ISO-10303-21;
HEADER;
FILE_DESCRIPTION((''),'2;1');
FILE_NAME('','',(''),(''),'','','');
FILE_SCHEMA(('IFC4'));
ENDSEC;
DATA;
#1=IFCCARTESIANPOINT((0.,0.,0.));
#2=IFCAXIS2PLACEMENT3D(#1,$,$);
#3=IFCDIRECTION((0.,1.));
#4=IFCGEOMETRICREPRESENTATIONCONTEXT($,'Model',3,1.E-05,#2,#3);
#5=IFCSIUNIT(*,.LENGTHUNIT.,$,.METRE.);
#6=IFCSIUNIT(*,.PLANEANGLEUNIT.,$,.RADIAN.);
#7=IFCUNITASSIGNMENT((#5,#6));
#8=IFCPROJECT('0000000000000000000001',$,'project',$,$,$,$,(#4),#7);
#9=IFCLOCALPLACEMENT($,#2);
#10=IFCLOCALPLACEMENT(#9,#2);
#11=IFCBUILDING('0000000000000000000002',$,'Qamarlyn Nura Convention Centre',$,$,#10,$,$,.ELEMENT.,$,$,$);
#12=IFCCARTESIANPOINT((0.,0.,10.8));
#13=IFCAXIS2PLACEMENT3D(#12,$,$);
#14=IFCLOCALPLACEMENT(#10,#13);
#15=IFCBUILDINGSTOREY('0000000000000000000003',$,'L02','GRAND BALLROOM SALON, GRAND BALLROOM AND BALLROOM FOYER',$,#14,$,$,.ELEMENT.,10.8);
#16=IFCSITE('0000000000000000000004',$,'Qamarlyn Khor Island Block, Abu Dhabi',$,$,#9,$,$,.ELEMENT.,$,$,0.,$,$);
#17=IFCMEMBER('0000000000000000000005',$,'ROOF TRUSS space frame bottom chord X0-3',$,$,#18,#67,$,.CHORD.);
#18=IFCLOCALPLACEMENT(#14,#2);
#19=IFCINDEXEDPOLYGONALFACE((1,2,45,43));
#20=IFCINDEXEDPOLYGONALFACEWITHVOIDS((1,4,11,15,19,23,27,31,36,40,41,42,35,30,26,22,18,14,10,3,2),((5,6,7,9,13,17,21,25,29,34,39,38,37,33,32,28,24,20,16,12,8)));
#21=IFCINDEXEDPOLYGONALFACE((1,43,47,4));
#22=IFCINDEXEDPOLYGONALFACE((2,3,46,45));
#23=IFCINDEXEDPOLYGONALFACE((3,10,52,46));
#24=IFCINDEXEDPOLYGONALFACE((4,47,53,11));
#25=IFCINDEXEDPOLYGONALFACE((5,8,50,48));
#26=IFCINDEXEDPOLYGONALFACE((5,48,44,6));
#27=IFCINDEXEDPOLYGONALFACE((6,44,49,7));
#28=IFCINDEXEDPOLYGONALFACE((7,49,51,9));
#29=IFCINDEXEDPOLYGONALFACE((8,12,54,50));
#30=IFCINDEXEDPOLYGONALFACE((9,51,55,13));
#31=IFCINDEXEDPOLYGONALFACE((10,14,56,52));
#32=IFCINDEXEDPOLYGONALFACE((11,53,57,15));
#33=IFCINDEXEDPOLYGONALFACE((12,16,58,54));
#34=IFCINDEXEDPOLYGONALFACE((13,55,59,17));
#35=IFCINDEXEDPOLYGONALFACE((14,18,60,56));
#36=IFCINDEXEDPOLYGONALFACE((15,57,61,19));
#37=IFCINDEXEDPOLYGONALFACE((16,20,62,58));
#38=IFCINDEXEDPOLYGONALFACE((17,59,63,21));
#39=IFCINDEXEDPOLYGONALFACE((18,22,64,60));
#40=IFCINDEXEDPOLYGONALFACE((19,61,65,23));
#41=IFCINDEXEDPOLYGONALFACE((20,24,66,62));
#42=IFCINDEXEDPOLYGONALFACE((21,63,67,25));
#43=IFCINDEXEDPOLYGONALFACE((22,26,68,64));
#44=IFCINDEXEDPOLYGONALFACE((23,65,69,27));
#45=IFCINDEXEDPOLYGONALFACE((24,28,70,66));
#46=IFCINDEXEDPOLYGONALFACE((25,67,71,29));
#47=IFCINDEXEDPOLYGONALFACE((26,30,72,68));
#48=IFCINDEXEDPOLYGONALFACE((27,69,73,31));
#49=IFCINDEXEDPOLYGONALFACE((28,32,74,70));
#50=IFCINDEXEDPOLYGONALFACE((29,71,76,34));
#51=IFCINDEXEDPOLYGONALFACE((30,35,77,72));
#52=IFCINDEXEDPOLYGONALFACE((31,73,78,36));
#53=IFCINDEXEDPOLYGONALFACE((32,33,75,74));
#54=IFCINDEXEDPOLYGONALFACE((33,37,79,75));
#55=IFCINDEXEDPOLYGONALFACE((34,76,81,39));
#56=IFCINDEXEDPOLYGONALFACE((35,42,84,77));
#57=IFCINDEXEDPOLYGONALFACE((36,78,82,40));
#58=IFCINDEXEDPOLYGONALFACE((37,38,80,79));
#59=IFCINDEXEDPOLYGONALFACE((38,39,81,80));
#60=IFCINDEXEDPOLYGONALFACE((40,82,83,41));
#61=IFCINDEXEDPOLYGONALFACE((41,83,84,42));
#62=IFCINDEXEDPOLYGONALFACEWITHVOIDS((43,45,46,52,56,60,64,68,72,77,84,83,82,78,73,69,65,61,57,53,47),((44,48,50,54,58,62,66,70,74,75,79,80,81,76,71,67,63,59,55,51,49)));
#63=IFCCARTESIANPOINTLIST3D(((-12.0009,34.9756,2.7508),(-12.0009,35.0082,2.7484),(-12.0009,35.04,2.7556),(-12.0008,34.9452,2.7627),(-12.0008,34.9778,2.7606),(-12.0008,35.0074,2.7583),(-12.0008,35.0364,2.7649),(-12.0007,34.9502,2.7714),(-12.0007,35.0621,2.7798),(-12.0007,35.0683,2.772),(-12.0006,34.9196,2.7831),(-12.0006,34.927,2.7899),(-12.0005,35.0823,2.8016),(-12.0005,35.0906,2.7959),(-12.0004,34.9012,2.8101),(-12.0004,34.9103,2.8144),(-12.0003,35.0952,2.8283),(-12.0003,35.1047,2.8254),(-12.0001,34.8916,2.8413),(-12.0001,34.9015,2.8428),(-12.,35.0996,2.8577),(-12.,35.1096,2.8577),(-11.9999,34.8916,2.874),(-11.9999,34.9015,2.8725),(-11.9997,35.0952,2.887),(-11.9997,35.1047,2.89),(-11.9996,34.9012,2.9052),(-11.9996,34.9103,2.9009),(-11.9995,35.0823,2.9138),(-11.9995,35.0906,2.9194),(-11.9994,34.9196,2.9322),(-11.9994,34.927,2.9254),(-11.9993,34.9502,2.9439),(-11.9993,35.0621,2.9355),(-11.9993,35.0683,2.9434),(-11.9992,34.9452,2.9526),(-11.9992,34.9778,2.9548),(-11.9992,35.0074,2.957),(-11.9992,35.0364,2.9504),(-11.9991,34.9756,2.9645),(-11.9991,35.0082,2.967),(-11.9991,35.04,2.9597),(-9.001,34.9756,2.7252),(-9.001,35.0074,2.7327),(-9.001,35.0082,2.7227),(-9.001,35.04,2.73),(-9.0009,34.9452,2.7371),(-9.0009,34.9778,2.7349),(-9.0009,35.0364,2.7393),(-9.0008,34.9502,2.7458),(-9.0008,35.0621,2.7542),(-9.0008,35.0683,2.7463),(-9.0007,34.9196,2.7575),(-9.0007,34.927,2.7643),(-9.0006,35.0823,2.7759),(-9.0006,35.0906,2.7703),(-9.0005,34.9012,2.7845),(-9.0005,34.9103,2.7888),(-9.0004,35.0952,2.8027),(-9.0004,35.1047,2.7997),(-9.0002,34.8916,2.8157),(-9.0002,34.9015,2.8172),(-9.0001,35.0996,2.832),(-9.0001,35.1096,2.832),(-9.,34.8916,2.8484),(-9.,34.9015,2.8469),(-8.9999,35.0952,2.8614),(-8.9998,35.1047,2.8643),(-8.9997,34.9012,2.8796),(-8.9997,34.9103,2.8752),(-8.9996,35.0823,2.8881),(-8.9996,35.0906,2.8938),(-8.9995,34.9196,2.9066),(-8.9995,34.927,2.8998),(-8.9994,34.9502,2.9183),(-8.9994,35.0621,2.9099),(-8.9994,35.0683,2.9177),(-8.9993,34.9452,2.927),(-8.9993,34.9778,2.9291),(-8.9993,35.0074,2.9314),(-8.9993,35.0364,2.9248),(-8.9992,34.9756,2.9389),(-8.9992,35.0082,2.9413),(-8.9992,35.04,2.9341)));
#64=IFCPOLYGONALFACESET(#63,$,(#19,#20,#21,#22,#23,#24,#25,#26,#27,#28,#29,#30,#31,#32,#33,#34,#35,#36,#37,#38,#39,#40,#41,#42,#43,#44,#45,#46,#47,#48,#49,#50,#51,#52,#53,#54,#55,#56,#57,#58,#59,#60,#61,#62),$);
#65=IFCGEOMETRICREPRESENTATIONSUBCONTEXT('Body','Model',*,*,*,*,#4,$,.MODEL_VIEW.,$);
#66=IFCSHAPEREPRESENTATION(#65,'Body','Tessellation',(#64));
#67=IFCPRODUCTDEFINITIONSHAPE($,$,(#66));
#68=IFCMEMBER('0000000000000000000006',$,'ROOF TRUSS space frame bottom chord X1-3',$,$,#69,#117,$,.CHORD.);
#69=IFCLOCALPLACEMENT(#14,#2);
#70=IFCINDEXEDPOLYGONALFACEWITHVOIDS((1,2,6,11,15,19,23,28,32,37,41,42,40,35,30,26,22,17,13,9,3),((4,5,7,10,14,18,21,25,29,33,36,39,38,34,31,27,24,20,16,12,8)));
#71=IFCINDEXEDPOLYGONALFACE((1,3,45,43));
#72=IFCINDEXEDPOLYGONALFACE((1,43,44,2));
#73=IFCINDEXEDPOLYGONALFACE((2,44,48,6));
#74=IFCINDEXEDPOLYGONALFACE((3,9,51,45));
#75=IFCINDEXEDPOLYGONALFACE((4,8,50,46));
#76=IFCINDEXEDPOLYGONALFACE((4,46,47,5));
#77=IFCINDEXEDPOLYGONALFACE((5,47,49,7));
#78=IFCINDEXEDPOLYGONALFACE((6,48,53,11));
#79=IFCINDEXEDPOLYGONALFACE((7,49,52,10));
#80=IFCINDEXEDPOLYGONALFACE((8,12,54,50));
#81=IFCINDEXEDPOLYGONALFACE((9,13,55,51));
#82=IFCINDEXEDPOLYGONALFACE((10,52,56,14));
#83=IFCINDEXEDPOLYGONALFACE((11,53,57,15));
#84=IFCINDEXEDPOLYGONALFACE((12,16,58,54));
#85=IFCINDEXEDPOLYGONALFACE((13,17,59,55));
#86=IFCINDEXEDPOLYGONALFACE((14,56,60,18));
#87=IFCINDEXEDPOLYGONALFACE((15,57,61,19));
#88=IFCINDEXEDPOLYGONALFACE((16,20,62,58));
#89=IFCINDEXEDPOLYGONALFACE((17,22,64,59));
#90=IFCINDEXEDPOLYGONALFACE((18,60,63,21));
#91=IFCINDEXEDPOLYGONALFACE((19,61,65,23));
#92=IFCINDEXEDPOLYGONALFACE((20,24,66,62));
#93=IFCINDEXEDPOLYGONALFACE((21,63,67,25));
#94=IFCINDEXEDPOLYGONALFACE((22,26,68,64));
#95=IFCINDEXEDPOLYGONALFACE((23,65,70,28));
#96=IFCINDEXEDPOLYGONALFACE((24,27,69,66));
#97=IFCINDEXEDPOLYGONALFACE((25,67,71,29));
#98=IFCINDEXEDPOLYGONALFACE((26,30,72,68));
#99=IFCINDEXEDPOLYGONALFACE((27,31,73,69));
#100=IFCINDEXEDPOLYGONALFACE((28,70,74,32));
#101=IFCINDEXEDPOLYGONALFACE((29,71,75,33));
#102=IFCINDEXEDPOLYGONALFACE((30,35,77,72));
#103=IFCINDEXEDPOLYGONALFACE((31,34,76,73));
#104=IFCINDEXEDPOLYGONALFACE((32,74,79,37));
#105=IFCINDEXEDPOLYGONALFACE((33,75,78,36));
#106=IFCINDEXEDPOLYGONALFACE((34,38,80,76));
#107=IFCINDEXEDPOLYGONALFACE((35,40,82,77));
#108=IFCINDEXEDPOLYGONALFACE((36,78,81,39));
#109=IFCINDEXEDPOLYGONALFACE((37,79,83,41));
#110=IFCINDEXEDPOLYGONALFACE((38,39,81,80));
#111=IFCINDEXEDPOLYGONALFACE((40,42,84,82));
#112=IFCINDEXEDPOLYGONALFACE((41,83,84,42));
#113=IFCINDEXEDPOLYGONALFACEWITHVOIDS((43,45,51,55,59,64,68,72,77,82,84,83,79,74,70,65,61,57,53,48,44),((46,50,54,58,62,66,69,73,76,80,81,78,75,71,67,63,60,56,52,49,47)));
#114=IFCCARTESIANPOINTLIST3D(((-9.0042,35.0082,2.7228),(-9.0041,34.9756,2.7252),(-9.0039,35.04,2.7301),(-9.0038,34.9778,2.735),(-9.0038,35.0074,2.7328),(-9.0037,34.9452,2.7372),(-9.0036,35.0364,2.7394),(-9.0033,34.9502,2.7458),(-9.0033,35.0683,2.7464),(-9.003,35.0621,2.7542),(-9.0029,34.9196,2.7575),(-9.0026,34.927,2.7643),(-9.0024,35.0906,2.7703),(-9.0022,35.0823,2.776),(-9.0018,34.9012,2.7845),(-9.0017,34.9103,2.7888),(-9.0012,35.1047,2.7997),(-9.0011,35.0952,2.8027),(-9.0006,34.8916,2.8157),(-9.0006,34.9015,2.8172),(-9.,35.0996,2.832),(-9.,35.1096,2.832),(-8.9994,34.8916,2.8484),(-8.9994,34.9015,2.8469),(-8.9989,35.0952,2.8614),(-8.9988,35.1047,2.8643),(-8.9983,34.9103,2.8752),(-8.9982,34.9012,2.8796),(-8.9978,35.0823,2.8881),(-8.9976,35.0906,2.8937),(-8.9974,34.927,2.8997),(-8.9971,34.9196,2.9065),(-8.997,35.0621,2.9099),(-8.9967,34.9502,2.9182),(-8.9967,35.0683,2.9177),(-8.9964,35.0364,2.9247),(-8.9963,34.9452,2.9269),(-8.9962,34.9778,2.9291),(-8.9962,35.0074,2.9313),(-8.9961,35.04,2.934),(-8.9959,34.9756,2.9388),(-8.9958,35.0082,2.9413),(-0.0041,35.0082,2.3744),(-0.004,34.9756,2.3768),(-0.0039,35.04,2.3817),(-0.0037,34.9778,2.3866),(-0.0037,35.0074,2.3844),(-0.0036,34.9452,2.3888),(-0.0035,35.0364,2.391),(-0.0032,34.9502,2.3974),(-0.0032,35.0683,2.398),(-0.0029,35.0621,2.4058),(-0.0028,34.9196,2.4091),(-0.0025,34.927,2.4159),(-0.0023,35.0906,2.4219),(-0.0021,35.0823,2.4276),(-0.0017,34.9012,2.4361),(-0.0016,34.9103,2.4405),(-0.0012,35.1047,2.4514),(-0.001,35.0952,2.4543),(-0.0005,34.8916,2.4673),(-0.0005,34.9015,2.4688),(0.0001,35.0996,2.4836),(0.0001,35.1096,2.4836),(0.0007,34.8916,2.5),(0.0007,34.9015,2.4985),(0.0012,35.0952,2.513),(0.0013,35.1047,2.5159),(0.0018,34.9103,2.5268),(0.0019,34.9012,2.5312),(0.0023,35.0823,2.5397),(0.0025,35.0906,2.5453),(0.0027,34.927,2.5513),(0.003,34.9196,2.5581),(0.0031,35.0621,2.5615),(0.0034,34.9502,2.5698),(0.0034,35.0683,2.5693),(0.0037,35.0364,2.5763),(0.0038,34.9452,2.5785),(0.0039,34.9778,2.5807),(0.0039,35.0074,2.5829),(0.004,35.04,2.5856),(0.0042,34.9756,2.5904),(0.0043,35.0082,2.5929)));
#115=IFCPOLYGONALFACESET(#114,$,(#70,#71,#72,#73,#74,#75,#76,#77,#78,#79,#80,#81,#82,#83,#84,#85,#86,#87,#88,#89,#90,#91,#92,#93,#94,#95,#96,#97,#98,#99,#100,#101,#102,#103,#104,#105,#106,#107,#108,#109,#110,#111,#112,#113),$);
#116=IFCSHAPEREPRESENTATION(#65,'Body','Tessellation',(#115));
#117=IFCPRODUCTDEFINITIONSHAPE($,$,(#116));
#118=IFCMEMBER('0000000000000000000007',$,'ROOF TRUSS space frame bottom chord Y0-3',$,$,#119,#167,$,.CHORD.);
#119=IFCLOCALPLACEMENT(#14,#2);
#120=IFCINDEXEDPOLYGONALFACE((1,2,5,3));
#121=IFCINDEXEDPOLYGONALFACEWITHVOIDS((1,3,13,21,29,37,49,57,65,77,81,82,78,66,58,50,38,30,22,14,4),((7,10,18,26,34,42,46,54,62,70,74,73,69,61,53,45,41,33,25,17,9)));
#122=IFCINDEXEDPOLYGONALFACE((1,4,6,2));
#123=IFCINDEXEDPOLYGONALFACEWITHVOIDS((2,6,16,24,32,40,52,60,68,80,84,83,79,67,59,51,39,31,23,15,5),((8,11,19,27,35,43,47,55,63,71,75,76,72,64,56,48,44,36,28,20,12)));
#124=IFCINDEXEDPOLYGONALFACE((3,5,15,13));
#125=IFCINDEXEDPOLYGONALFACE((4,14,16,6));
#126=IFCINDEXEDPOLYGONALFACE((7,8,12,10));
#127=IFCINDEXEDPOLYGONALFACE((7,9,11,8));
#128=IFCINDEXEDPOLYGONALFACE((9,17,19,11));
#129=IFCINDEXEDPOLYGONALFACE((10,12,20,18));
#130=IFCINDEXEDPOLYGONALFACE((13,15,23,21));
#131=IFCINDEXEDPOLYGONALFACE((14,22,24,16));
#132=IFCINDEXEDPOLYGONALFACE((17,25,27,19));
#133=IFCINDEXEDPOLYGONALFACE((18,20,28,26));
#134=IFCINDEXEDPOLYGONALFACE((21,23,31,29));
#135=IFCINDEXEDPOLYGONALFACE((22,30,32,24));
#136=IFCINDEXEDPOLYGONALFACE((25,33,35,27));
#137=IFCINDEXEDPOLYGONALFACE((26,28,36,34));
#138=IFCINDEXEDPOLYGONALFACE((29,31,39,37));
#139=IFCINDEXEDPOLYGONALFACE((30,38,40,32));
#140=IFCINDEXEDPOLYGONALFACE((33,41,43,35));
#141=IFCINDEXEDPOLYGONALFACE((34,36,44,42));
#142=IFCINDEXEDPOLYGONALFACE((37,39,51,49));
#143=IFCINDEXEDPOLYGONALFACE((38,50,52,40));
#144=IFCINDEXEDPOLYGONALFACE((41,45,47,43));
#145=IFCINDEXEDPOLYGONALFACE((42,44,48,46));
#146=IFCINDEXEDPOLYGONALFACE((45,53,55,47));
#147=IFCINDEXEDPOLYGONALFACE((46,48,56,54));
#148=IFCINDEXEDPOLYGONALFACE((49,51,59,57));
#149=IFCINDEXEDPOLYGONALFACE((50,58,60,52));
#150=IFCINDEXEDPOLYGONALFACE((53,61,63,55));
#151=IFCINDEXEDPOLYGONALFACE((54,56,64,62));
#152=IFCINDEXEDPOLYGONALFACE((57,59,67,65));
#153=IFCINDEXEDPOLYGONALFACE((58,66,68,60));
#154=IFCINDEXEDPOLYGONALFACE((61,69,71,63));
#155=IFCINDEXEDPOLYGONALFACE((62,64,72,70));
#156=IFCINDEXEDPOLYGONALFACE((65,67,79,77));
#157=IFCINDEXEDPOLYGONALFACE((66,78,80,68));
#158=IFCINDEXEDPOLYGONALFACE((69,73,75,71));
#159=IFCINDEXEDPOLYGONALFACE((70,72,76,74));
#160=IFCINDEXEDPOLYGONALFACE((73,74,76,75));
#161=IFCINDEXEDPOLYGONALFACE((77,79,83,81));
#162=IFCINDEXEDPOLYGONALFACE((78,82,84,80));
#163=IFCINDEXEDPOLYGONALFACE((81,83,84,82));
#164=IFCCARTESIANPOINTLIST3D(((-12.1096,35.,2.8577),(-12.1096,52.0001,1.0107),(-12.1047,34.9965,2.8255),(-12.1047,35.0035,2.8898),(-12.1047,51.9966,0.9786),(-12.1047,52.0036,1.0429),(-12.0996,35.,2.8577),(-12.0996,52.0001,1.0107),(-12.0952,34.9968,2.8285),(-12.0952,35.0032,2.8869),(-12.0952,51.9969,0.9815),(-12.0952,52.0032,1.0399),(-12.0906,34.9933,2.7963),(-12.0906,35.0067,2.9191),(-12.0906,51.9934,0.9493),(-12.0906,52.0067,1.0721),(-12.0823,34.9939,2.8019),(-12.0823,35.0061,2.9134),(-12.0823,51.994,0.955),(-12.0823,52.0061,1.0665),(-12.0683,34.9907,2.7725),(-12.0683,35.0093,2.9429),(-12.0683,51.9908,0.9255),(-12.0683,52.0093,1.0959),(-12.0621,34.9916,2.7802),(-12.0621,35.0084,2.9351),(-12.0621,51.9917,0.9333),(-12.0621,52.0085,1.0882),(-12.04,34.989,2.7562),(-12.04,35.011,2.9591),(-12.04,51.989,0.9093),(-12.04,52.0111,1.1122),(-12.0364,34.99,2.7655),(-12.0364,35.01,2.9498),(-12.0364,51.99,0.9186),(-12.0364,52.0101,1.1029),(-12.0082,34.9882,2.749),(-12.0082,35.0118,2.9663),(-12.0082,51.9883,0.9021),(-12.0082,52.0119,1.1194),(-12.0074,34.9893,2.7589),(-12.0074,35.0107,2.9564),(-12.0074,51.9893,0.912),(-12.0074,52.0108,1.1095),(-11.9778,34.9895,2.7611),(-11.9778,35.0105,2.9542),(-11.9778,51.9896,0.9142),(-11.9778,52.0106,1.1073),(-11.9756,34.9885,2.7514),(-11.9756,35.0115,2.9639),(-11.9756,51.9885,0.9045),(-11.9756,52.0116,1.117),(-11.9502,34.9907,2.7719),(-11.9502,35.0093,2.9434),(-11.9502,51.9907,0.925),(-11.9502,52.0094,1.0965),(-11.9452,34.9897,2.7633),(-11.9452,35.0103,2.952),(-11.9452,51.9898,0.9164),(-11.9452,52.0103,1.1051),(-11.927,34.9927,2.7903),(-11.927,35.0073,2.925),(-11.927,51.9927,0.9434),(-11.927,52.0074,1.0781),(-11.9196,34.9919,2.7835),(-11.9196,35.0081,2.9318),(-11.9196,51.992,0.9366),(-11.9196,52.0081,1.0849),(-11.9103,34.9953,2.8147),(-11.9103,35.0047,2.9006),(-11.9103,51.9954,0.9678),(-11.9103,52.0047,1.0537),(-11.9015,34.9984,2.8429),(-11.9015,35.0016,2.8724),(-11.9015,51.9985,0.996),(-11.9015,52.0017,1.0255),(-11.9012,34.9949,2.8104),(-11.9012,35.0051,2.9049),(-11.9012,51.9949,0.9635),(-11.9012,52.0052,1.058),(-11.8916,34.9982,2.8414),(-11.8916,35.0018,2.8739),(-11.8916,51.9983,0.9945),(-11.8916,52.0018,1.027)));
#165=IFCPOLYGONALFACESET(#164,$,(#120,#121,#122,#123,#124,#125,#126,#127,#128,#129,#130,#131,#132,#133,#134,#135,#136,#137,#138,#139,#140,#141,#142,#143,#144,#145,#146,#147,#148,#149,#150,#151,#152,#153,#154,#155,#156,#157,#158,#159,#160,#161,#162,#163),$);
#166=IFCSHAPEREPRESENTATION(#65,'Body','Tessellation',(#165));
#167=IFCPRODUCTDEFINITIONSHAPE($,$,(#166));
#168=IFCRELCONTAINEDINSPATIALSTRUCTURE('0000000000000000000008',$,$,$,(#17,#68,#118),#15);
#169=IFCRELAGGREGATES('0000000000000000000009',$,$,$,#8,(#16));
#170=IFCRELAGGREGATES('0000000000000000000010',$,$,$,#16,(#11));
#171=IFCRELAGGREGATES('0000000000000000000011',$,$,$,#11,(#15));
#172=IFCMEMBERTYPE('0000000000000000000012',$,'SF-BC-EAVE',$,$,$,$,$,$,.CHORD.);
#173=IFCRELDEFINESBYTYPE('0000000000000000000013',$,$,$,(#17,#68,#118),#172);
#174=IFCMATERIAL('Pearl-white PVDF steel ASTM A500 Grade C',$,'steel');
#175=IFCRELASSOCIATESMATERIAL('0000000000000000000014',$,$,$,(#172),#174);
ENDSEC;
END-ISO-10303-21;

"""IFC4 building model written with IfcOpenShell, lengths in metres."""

from ifc_helpers import new_model, si_unit, direction, frame, origin, origin_2d, place, context, subcontext, project, spatial, hollow_circle, extrude, material, material_profile, profile_set, type_object, element, save


model = new_model("IFC4")

# Units and contexts
model_context = context("Model", 3, precision=1e-05, world=origin(), true_north=direction((0.0, 1.0)))
body_context = subcontext(model_context, "Body", "Model", "MODEL_VIEW")
ifc_project = project(units=[si_unit("LENGTHUNIT", "METRE"), si_unit("PLANEANGLEUNIT", "RADIAN")], contexts=[model_context])

# Site, building, storey
site_placement = place(None, origin())
site = spatial("IfcSite", under=ifc_project, at=site_placement, Name="Qamarlyn Khor Island Block, Abu Dhabi", CompositionType="ELEMENT", RefElevation=0.0)
building_placement = place(site_placement, origin())
building = spatial("IfcBuilding", under=site, at=building_placement, Name="Qamarlyn Nura Convention Centre", CompositionType="ELEMENT")
storey_placement = place(building_placement, frame((0.0, 0.0, 10.8)))
storey = spatial("IfcBuildingStorey", under=building, at=storey_placement, Name="L02", Description="GRAND BALLROOM SALON, GRAND BALLROOM AND BALLROOM FOYER", CompositionType="ELEMENT", Elevation=10.8)

# Members
ifc_material_1 = material(Name="Pearl-white PVDF steel ASTM A500 Grade C", Category="steel")
ifc_material_profile_1 = material_profile(ifc_material_1, hollow_circle(Radius=0.1096, WallThickness=0.01, at=origin_2d()), Name="CHS219.1X10")
ifc_profile_set_1 = profile_set([ifc_material_profile_1], Name="Pearl-white PVDF steel ASTM A500 Grade C")
member_type_1 = type_object("IfcMemberType", Name="SF-BC-EAVE", PredefinedType="CHORD", material=ifc_profile_set_1)
member_1_placement = place(storey_placement, frame((-12.0, 35.0, 2.8577), z_axis=(0.999963, 0.0, -0.008545), x_axis=(0.0, 1.0, 0.0)))
element("IfcMember", 1, at=member_1_placement, inside=storey, type_object=member_type_1, Name="ROOF TRUSS space frame bottom chord X0-3", PredefinedType="CHORD", context=body_context, shape_type="SweptSolid", body=[
    extrude(hollow_circle(Radius=0.1096, WallThickness=0.01, at=origin_2d()), origin(), (0.0, 0.0, 1.0), 3.0),
])
member_2_placement = place(storey_placement, frame((-9.0, 35.0, 2.832), z_axis=(0.999252, 0.0, -0.038681), x_axis=(0.0, 1.0, 0.0)))
element("IfcMember", 2, at=member_2_placement, inside=storey, type_object=member_type_1, Name="ROOF TRUSS space frame bottom chord X1-3", PredefinedType="CHORD", context=body_context, shape_type="SweptSolid", body=[
    extrude(hollow_circle(Radius=0.1096, WallThickness=0.01, at=origin_2d()), origin(), (0.0, 0.0, 1.0), 9.0068),
])
member_3_placement = place(storey_placement, frame((-12.0, 35.0, 2.8577), z_axis=(0.0, 0.99415, -0.108007), x_axis=(-1.0, 0.0, 0.0)))
element("IfcMember", 3, at=member_3_placement, inside=storey, type_object=member_type_1, Name="ROOF TRUSS space frame bottom chord Y0-3", PredefinedType="CHORD", context=body_context, shape_type="SweptSolid", body=[
    extrude(hollow_circle(Radius=0.1096, WallThickness=0.01, at=origin_2d()), origin(), (0.0, 0.0, 1.0), 17.1001),
])

save(model, "model.ifc")
